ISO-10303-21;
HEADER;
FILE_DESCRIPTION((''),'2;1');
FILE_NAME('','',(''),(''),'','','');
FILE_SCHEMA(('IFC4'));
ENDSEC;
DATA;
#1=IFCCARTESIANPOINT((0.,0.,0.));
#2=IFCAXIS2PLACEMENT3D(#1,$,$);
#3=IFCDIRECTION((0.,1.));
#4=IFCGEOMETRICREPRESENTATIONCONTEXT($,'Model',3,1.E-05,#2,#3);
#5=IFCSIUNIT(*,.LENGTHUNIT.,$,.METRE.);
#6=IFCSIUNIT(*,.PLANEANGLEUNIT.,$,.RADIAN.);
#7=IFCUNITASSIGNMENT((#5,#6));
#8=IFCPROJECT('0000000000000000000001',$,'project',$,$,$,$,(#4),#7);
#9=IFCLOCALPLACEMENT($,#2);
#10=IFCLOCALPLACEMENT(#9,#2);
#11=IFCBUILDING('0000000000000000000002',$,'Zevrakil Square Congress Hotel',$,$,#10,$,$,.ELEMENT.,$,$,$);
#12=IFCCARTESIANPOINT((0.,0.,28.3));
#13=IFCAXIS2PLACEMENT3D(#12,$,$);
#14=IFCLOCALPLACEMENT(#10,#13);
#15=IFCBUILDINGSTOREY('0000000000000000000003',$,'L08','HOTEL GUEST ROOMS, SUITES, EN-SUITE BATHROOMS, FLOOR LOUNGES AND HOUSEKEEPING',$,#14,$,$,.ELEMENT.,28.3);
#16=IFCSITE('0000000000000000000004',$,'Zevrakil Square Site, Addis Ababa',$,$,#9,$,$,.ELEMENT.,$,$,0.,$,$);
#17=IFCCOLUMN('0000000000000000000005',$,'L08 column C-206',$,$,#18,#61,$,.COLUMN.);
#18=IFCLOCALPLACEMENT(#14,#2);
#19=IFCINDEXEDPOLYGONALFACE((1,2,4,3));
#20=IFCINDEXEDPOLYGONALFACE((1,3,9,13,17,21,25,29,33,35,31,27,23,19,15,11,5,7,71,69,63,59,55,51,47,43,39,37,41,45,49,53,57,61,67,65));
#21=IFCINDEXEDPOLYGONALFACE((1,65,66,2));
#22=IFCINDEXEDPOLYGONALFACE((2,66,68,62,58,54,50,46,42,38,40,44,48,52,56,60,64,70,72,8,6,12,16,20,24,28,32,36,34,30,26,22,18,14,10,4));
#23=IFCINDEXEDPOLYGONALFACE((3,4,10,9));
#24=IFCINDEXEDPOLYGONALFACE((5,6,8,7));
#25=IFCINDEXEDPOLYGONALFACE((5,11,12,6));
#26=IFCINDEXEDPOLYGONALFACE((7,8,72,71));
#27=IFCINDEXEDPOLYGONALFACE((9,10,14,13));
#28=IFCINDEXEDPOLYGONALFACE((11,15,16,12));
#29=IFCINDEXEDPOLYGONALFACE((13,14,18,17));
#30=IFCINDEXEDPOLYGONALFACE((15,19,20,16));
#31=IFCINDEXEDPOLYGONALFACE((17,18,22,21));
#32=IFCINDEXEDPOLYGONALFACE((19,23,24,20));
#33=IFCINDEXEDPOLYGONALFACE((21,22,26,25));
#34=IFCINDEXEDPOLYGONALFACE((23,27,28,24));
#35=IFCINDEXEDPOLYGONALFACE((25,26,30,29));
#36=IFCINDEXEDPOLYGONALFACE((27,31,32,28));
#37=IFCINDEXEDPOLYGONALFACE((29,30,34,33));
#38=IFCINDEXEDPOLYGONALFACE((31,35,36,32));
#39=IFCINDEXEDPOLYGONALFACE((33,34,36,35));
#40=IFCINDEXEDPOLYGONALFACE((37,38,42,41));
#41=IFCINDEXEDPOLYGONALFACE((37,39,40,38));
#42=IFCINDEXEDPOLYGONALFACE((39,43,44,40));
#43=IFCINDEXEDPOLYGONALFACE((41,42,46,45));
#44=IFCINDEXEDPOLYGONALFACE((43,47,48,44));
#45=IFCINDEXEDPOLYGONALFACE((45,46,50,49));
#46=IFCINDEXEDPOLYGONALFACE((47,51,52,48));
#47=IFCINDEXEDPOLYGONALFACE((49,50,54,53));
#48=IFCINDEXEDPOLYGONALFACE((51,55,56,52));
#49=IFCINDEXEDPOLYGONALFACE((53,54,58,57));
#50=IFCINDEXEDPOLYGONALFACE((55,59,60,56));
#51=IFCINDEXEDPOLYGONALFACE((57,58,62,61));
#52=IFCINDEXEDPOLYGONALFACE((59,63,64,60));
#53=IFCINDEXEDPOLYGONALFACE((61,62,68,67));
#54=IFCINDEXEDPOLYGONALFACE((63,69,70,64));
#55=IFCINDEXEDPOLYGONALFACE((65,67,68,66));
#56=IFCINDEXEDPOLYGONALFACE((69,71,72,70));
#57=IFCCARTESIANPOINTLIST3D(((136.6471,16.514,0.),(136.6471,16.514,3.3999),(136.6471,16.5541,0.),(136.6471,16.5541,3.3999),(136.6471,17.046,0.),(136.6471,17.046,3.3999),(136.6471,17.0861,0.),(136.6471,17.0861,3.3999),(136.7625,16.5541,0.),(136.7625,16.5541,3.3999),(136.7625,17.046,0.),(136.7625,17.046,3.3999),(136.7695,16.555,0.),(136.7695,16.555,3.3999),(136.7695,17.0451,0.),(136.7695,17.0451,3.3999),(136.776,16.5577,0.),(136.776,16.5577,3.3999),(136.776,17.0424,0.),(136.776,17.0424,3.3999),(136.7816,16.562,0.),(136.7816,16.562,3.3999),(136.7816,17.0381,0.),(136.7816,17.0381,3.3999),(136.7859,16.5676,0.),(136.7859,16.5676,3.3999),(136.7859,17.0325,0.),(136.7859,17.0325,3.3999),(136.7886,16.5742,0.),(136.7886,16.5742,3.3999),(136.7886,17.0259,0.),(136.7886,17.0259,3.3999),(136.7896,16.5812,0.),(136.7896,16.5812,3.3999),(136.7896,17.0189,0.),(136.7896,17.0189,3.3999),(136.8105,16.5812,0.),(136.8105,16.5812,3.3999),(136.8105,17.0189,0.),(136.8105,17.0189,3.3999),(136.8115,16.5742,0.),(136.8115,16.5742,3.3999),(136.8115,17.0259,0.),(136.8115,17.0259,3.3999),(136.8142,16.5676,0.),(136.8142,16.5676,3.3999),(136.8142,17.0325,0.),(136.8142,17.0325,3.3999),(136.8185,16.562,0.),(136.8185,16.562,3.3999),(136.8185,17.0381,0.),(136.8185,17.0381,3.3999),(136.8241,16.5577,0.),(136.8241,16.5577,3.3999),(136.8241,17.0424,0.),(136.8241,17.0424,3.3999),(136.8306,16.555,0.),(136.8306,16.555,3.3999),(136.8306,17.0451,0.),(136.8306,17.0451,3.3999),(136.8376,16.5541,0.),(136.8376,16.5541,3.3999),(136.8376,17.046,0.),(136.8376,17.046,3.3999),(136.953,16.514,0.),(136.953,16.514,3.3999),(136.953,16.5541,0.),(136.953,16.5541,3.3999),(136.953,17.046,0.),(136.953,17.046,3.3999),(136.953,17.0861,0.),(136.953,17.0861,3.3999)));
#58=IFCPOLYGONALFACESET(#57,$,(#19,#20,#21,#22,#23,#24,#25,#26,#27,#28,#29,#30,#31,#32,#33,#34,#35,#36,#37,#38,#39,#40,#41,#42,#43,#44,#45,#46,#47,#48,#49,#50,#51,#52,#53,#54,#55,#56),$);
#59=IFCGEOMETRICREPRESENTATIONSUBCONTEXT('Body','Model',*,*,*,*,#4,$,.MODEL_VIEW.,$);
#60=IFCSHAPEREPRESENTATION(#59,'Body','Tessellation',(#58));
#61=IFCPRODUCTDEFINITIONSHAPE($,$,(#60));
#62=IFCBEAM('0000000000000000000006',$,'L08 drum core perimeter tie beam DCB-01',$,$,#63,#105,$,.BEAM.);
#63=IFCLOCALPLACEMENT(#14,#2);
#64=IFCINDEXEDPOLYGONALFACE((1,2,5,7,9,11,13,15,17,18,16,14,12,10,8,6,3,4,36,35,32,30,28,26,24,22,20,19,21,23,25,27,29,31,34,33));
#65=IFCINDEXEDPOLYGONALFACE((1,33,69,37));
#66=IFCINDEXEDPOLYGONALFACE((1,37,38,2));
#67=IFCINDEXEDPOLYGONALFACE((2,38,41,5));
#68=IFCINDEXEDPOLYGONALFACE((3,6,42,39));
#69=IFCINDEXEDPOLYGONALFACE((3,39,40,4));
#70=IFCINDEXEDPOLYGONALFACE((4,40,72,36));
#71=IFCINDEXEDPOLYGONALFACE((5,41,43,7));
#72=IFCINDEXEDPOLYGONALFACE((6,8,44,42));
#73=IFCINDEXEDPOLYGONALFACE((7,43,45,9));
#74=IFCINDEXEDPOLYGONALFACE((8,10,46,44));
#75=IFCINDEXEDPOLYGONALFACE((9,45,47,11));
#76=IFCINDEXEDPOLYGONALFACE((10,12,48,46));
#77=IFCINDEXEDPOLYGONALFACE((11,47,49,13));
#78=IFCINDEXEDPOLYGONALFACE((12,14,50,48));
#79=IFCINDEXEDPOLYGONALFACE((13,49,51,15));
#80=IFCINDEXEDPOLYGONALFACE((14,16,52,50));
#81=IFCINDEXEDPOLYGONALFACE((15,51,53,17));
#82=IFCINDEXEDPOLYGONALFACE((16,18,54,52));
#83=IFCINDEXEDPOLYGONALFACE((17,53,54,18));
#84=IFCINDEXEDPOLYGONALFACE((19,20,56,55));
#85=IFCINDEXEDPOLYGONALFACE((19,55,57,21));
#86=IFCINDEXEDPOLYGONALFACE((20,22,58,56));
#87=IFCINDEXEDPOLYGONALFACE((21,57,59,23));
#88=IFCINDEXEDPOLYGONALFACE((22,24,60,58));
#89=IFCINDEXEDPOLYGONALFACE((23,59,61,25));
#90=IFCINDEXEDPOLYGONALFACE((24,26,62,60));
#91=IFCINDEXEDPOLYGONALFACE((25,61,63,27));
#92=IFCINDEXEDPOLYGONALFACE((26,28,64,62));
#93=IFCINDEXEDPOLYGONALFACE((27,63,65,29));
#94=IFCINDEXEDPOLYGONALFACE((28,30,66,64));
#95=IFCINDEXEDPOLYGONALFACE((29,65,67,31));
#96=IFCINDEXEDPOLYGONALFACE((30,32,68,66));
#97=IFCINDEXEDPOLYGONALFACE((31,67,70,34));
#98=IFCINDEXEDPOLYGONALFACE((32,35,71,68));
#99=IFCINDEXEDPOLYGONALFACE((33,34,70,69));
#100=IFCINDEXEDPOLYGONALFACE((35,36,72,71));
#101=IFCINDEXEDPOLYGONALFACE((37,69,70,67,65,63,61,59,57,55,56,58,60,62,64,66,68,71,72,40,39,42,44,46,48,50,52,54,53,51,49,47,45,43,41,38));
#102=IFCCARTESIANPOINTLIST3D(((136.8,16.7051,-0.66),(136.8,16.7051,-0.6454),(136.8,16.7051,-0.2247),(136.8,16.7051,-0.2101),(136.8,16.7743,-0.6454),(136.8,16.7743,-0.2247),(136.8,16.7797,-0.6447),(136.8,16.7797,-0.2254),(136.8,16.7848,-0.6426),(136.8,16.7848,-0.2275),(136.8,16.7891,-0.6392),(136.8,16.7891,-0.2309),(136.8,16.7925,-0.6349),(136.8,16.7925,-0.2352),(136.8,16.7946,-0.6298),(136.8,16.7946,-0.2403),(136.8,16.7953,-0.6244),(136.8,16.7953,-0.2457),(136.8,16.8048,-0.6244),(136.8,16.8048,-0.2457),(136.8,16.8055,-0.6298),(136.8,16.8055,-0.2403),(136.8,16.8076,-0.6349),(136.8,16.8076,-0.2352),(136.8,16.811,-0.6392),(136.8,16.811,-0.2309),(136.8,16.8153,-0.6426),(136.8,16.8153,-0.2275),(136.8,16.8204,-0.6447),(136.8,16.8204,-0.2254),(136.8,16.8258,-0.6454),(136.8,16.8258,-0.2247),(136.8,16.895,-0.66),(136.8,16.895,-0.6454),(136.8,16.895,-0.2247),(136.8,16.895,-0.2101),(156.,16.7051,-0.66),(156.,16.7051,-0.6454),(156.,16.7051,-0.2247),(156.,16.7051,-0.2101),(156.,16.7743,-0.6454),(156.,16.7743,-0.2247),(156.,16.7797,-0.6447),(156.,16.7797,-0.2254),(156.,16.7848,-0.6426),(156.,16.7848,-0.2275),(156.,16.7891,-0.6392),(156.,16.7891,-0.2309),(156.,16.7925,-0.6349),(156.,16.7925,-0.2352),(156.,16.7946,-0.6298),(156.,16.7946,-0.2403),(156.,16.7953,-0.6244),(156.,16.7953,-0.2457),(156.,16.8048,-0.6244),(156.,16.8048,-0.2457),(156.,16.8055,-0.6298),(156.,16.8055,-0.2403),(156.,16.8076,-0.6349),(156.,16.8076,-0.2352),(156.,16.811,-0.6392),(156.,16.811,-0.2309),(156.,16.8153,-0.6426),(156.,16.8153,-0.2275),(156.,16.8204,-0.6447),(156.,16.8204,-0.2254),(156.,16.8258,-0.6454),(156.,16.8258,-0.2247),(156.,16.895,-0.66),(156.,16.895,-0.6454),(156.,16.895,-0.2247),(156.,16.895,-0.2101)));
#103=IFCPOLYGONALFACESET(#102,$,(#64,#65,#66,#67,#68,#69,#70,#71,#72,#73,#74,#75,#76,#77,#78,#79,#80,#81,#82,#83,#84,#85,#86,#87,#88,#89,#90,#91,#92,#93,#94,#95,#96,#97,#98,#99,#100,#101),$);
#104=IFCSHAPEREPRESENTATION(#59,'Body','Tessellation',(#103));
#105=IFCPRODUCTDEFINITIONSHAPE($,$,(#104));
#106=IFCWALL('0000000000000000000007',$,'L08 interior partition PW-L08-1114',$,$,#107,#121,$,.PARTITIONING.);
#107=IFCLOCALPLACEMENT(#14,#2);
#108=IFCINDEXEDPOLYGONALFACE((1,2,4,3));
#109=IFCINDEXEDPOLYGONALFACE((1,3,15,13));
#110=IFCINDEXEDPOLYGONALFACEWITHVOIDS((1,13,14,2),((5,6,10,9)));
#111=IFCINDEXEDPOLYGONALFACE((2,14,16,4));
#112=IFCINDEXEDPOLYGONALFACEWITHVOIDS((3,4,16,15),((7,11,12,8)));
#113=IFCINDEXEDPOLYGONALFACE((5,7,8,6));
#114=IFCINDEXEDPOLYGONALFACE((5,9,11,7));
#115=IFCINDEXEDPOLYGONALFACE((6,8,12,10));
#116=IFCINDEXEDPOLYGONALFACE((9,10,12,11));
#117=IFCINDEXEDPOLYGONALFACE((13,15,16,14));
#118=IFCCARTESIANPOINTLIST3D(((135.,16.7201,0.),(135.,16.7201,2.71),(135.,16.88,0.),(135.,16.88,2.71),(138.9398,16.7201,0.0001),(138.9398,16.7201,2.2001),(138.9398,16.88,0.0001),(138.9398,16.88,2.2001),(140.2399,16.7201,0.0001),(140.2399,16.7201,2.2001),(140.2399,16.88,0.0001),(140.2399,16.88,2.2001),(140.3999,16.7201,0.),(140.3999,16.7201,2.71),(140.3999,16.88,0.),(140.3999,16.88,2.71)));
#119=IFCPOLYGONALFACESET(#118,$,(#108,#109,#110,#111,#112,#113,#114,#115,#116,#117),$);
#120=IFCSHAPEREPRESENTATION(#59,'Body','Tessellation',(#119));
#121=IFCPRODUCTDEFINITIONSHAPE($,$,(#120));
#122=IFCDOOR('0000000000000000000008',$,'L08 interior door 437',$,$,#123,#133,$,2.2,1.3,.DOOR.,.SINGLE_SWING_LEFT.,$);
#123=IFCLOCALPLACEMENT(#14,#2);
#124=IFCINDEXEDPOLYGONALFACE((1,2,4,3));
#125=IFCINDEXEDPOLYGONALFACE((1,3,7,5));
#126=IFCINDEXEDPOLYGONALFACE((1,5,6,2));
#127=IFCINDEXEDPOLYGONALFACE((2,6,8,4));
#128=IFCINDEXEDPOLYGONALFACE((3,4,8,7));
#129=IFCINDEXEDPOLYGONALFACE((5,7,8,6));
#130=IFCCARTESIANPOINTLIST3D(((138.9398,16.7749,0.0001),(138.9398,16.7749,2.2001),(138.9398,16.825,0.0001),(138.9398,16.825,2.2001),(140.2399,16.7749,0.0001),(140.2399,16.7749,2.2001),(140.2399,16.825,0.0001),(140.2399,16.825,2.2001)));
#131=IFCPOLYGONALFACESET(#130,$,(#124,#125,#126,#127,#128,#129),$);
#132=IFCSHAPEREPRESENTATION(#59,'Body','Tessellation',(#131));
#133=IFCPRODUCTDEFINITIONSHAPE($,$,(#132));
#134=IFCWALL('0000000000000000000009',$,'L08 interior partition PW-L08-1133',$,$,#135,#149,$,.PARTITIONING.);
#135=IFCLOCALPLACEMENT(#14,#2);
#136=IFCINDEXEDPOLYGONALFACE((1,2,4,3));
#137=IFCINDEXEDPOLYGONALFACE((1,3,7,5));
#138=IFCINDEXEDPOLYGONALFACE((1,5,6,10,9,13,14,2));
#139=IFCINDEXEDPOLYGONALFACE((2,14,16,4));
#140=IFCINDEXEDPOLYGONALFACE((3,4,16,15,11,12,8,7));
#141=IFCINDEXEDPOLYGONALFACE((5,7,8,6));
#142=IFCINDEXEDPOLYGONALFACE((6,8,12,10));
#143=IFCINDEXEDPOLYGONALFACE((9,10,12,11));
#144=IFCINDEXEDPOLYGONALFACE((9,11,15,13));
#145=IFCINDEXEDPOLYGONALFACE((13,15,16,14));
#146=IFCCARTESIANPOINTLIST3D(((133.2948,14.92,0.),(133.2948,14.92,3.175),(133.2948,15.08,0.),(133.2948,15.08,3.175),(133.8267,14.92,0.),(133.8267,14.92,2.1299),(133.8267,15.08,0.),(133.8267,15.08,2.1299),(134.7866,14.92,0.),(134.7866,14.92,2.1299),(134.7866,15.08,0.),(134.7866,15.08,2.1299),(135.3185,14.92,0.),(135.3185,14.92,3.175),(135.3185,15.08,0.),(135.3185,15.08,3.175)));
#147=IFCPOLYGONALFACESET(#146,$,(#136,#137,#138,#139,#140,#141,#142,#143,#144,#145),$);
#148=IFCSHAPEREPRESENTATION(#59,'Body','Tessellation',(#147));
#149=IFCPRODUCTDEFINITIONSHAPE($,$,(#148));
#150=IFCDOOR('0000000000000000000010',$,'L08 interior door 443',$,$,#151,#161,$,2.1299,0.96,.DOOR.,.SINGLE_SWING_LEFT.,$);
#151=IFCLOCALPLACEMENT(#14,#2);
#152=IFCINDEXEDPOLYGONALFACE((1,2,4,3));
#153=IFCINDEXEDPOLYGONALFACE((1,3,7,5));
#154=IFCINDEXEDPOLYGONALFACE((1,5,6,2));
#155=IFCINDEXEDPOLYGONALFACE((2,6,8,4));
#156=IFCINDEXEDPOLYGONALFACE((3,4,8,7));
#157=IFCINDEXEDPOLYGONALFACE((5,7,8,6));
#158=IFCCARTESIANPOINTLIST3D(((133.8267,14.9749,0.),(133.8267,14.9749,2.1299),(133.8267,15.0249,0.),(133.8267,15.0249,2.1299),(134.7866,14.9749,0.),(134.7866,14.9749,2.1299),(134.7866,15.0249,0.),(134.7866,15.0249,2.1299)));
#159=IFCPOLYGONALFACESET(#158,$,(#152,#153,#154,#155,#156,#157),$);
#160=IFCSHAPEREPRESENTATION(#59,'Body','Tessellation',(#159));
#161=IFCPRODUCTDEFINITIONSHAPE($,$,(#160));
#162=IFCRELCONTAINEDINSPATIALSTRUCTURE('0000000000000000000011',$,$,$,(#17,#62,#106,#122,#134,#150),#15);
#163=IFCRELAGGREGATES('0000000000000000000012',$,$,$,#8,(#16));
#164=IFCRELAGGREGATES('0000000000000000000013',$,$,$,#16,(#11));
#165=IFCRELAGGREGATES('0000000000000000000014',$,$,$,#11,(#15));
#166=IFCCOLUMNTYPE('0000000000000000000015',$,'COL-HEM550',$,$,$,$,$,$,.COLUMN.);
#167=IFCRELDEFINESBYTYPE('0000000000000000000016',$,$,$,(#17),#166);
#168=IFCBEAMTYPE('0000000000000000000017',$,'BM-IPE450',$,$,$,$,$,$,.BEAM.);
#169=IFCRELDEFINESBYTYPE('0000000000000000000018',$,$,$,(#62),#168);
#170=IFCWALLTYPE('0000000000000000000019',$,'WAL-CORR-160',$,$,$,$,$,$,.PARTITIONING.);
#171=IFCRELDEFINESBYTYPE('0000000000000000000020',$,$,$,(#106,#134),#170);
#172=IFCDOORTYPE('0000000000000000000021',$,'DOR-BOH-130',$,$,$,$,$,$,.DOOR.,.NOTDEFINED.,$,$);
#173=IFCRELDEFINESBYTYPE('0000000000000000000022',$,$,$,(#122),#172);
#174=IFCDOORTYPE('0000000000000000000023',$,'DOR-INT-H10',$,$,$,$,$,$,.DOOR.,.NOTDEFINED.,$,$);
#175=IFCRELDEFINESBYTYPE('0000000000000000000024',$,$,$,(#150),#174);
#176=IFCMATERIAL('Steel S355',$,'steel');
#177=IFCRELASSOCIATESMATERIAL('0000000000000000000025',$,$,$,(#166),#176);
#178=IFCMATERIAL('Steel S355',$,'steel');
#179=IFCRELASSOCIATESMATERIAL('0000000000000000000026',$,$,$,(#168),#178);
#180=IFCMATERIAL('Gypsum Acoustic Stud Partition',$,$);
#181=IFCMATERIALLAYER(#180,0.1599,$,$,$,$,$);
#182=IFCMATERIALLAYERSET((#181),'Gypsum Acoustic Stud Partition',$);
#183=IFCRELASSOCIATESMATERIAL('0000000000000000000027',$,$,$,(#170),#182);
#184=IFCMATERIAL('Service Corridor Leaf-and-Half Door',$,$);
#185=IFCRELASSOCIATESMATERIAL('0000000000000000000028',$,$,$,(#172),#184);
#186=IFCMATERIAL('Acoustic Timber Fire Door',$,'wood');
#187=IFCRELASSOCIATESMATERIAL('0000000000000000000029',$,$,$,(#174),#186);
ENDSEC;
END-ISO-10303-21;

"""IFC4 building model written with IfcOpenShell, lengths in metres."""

from ifc_helpers import new_model, si_unit, direction, frame, frame_2d, origin, origin_2d, place, context, subcontext, project, spatial, rectangle, i_section, extrude, material, layer, layer_set, material_profile, profile_set, type_object, element, fill, save


model = new_model("IFC4")

# Units and contexts
model_context = context("Model", 3, precision=1e-05, world=origin(), true_north=direction((0.0, 1.0)))
body_context = subcontext(model_context, "Body", "Model", "MODEL_VIEW")
ifc_project = project(units=[si_unit("LENGTHUNIT", "METRE"), si_unit("PLANEANGLEUNIT", "RADIAN")], contexts=[model_context])

# Site, building, storey
site_placement = place(None, origin())
site = spatial("IfcSite", under=ifc_project, at=site_placement, Name="Zevrakil Square Site, Addis Ababa", CompositionType="ELEMENT", RefElevation=0.0)
building_placement = place(site_placement, origin())
building = spatial("IfcBuilding", under=site, at=building_placement, Name="Zevrakil Square Congress Hotel", CompositionType="ELEMENT")
storey_placement = place(building_placement, frame((0.0, 0.0, 28.3)))
storey = spatial("IfcBuildingStorey", under=building, at=storey_placement, Name="L08", Description="HOTEL GUEST ROOMS, SUITES, EN-SUITE BATHROOMS, FLOOR LOUNGES AND HOUSEKEEPING", CompositionType="ELEMENT", Elevation=28.3)

# Column
ifc_material_1 = material(Name="Steel S355", Category="steel")
ifc_material_profile_1 = material_profile(ifc_material_1, i_section(OverallWidth=0.3059, OverallDepth=0.572, WebThickness=0.021, FlangeThickness=0.04, FilletRadius=0.0271, at=origin_2d()), Name="HEM 550")
ifc_profile_set_1 = profile_set([ifc_material_profile_1], Name="Steel S355")
column_type = type_object("IfcColumnType", Name="COL-HEM550", PredefinedType="COLUMN", material=ifc_profile_set_1)
column_placement = place(storey_placement, frame((136.8, 16.8, 0.0), z_axis=(0.0, 0.0, 1.0), x_axis=(1.0, 0.0, 0.0)))
element("IfcColumn", 1, at=column_placement, inside=storey, type_object=column_type, Name="L08 column C-206", PredefinedType="COLUMN", context=body_context, shape_type="SweptSolid", body=[
    extrude(i_section(OverallWidth=0.3059, OverallDepth=0.572, WebThickness=0.021, FlangeThickness=0.04, FilletRadius=0.0271, at=origin_2d()), origin(), (0.0, 0.0, 1.0), 3.3999),
])

# Beam
ifc_material_2 = material(Name="Steel S355", Category="steel")
ifc_material_profile_2 = material_profile(ifc_material_2, i_section(OverallWidth=0.1899, OverallDepth=0.45, WebThickness=0.0095, FlangeThickness=0.0146, FilletRadius=0.021, at=origin_2d()), Name="IPE 450")
ifc_profile_set_2 = profile_set([ifc_material_profile_2], Name="Steel S355")
beam_type = type_object("IfcBeamType", Name="BM-IPE450", PredefinedType="BEAM", material=ifc_profile_set_2)
beam_placement = place(storey_placement, frame((136.8, 16.8, -0.4351), z_axis=(1.0, 0.0, 0.0), x_axis=(0.0, 1.0, 0.0)))
element("IfcBeam", 2, at=beam_placement, inside=storey, type_object=beam_type, Name="L08 drum core perimeter tie beam DCB-01", PredefinedType="BEAM", context=body_context, shape_type="SweptSolid", body=[
    extrude(i_section(OverallWidth=0.1899, OverallDepth=0.45, WebThickness=0.0095, FlangeThickness=0.0146, FilletRadius=0.021, at=origin_2d()), origin(), (0.0, 0.0, 1.0), 19.2),
])

# Walls, openings, doors
ifc_material_3 = material(Name="Gypsum Acoustic Stud Partition")
ifc_layer_1 = layer(ifc_material_3, 0.1599)
ifc_layer_set_1 = layer_set([ifc_layer_1], Name="Gypsum Acoustic Stud Partition")
wall_type_1 = type_object("IfcWallType", Name="WAL-CORR-160", PredefinedType="PARTITIONING", material=ifc_layer_set_1)
wall_1_placement = place(storey_placement, frame((135.0, 16.8, 0.0), z_axis=(0.0, 0.0, 1.0), x_axis=(1.0, 0.0, 0.0)))
wall_1 = element("IfcWall", 3, at=wall_1_placement, inside=storey, type_object=wall_type_1, Name="L08 interior partition PW-L08-1114", PredefinedType="PARTITIONING", context=body_context, shape_type="SweptSolid", body=[
    extrude(rectangle(XDim=5.3999, YDim=0.1599, at=frame_2d((2.7, 0.0))), origin(), (0.0, 0.0, 1.0), 2.71),
])
opening_1_placement = place(wall_1_placement, frame((3.9399, 0.0, 0.0)))
opening_1 = element("IfcOpeningElement", 4, at=opening_1_placement, cuts=wall_1, PredefinedType="OPENING", context=body_context, shape_type="SweptSolid", body=[
    extrude(rectangle(XDim=1.3, YDim=2.2, at=frame_2d((0.6499, 1.1001))), frame((0.0, 0.0898, 0.0), z_axis=(0.0, -1.0, 0.0), x_axis=(1.0, 0.0, 0.0)), (0.0, 0.0, 1.0), 0.1799),
])
ifc_material_4 = material(Name="Service Corridor Leaf-and-Half Door")
door_type_1 = type_object("IfcDoorType", Name="DOR-BOH-130", OperationType="NOTDEFINED", PredefinedType="DOOR", material=ifc_material_4)
door_1_placement = place(opening_1_placement, origin())
door_1 = element("IfcDoor", 5, at=door_1_placement, inside=storey, type_object=door_type_1, Name="L08 interior door 437", OperationType="SINGLE_SWING_LEFT", OverallHeight=2.2, OverallWidth=1.3, PredefinedType="DOOR", context=body_context, shape_type="SweptSolid", body=[
    extrude(rectangle(XDim=1.3, YDim=2.2, at=frame_2d((0.6499, 1.1001))), frame((0.0, 0.0249, 0.0), z_axis=(0.0, -1.0, 0.0), x_axis=(1.0, 0.0, 0.0)), (0.0, 0.0, 1.0), 0.05),
])
fill(opening_1, door_1)
wall_2_placement = place(storey_placement, frame((133.2949, 15.0, 0.0), z_axis=(0.0, 0.0, 1.0), x_axis=(1.0, 0.0, 0.0)))
wall_2 = element("IfcWall", 6, at=wall_2_placement, inside=storey, type_object=wall_type_1, Name="L08 interior partition PW-L08-1133", PredefinedType="PARTITIONING", context=body_context, shape_type="SweptSolid", body=[
    extrude(rectangle(XDim=2.0237, YDim=0.1599, at=frame_2d((1.0117, 0.0))), origin(), (0.0, 0.0, 1.0), 3.175),
])
opening_2_placement = place(wall_2_placement, frame((0.5317, 0.0, 0.0)))
opening_2 = element("IfcOpeningElement", 7, at=opening_2_placement, cuts=wall_2, PredefinedType="OPENING", context=body_context, shape_type="SweptSolid", body=[
    extrude(rectangle(XDim=0.96, YDim=2.1299, at=frame_2d((0.48, 1.0649))), frame((0.0, 0.0898, 0.0), z_axis=(0.0, -1.0, 0.0), x_axis=(1.0, 0.0, 0.0)), (0.0, 0.0, 1.0), 0.1799),
])
ifc_material_5 = material(Name="Acoustic Timber Fire Door", Category="wood")
door_type_2 = type_object("IfcDoorType", Name="DOR-INT-H10", OperationType="NOTDEFINED", PredefinedType="DOOR", material=ifc_material_5)
door_2_placement = place(opening_2_placement, origin())
door_2 = element("IfcDoor", 8, at=door_2_placement, inside=storey, type_object=door_type_2, Name="L08 interior door 443", OperationType="SINGLE_SWING_LEFT", OverallHeight=2.1299, OverallWidth=0.96, PredefinedType="DOOR", context=body_context, shape_type="SweptSolid", body=[
    extrude(rectangle(XDim=0.96, YDim=2.1299, at=frame_2d((0.48, 1.0649))), frame((0.0, 0.0249, 0.0), z_axis=(0.0, -1.0, 0.0), x_axis=(1.0, 0.0, 0.0)), (0.0, 0.0, 1.0), 0.05),
])
fill(opening_2, door_2)

save(model, "model.ifc")
